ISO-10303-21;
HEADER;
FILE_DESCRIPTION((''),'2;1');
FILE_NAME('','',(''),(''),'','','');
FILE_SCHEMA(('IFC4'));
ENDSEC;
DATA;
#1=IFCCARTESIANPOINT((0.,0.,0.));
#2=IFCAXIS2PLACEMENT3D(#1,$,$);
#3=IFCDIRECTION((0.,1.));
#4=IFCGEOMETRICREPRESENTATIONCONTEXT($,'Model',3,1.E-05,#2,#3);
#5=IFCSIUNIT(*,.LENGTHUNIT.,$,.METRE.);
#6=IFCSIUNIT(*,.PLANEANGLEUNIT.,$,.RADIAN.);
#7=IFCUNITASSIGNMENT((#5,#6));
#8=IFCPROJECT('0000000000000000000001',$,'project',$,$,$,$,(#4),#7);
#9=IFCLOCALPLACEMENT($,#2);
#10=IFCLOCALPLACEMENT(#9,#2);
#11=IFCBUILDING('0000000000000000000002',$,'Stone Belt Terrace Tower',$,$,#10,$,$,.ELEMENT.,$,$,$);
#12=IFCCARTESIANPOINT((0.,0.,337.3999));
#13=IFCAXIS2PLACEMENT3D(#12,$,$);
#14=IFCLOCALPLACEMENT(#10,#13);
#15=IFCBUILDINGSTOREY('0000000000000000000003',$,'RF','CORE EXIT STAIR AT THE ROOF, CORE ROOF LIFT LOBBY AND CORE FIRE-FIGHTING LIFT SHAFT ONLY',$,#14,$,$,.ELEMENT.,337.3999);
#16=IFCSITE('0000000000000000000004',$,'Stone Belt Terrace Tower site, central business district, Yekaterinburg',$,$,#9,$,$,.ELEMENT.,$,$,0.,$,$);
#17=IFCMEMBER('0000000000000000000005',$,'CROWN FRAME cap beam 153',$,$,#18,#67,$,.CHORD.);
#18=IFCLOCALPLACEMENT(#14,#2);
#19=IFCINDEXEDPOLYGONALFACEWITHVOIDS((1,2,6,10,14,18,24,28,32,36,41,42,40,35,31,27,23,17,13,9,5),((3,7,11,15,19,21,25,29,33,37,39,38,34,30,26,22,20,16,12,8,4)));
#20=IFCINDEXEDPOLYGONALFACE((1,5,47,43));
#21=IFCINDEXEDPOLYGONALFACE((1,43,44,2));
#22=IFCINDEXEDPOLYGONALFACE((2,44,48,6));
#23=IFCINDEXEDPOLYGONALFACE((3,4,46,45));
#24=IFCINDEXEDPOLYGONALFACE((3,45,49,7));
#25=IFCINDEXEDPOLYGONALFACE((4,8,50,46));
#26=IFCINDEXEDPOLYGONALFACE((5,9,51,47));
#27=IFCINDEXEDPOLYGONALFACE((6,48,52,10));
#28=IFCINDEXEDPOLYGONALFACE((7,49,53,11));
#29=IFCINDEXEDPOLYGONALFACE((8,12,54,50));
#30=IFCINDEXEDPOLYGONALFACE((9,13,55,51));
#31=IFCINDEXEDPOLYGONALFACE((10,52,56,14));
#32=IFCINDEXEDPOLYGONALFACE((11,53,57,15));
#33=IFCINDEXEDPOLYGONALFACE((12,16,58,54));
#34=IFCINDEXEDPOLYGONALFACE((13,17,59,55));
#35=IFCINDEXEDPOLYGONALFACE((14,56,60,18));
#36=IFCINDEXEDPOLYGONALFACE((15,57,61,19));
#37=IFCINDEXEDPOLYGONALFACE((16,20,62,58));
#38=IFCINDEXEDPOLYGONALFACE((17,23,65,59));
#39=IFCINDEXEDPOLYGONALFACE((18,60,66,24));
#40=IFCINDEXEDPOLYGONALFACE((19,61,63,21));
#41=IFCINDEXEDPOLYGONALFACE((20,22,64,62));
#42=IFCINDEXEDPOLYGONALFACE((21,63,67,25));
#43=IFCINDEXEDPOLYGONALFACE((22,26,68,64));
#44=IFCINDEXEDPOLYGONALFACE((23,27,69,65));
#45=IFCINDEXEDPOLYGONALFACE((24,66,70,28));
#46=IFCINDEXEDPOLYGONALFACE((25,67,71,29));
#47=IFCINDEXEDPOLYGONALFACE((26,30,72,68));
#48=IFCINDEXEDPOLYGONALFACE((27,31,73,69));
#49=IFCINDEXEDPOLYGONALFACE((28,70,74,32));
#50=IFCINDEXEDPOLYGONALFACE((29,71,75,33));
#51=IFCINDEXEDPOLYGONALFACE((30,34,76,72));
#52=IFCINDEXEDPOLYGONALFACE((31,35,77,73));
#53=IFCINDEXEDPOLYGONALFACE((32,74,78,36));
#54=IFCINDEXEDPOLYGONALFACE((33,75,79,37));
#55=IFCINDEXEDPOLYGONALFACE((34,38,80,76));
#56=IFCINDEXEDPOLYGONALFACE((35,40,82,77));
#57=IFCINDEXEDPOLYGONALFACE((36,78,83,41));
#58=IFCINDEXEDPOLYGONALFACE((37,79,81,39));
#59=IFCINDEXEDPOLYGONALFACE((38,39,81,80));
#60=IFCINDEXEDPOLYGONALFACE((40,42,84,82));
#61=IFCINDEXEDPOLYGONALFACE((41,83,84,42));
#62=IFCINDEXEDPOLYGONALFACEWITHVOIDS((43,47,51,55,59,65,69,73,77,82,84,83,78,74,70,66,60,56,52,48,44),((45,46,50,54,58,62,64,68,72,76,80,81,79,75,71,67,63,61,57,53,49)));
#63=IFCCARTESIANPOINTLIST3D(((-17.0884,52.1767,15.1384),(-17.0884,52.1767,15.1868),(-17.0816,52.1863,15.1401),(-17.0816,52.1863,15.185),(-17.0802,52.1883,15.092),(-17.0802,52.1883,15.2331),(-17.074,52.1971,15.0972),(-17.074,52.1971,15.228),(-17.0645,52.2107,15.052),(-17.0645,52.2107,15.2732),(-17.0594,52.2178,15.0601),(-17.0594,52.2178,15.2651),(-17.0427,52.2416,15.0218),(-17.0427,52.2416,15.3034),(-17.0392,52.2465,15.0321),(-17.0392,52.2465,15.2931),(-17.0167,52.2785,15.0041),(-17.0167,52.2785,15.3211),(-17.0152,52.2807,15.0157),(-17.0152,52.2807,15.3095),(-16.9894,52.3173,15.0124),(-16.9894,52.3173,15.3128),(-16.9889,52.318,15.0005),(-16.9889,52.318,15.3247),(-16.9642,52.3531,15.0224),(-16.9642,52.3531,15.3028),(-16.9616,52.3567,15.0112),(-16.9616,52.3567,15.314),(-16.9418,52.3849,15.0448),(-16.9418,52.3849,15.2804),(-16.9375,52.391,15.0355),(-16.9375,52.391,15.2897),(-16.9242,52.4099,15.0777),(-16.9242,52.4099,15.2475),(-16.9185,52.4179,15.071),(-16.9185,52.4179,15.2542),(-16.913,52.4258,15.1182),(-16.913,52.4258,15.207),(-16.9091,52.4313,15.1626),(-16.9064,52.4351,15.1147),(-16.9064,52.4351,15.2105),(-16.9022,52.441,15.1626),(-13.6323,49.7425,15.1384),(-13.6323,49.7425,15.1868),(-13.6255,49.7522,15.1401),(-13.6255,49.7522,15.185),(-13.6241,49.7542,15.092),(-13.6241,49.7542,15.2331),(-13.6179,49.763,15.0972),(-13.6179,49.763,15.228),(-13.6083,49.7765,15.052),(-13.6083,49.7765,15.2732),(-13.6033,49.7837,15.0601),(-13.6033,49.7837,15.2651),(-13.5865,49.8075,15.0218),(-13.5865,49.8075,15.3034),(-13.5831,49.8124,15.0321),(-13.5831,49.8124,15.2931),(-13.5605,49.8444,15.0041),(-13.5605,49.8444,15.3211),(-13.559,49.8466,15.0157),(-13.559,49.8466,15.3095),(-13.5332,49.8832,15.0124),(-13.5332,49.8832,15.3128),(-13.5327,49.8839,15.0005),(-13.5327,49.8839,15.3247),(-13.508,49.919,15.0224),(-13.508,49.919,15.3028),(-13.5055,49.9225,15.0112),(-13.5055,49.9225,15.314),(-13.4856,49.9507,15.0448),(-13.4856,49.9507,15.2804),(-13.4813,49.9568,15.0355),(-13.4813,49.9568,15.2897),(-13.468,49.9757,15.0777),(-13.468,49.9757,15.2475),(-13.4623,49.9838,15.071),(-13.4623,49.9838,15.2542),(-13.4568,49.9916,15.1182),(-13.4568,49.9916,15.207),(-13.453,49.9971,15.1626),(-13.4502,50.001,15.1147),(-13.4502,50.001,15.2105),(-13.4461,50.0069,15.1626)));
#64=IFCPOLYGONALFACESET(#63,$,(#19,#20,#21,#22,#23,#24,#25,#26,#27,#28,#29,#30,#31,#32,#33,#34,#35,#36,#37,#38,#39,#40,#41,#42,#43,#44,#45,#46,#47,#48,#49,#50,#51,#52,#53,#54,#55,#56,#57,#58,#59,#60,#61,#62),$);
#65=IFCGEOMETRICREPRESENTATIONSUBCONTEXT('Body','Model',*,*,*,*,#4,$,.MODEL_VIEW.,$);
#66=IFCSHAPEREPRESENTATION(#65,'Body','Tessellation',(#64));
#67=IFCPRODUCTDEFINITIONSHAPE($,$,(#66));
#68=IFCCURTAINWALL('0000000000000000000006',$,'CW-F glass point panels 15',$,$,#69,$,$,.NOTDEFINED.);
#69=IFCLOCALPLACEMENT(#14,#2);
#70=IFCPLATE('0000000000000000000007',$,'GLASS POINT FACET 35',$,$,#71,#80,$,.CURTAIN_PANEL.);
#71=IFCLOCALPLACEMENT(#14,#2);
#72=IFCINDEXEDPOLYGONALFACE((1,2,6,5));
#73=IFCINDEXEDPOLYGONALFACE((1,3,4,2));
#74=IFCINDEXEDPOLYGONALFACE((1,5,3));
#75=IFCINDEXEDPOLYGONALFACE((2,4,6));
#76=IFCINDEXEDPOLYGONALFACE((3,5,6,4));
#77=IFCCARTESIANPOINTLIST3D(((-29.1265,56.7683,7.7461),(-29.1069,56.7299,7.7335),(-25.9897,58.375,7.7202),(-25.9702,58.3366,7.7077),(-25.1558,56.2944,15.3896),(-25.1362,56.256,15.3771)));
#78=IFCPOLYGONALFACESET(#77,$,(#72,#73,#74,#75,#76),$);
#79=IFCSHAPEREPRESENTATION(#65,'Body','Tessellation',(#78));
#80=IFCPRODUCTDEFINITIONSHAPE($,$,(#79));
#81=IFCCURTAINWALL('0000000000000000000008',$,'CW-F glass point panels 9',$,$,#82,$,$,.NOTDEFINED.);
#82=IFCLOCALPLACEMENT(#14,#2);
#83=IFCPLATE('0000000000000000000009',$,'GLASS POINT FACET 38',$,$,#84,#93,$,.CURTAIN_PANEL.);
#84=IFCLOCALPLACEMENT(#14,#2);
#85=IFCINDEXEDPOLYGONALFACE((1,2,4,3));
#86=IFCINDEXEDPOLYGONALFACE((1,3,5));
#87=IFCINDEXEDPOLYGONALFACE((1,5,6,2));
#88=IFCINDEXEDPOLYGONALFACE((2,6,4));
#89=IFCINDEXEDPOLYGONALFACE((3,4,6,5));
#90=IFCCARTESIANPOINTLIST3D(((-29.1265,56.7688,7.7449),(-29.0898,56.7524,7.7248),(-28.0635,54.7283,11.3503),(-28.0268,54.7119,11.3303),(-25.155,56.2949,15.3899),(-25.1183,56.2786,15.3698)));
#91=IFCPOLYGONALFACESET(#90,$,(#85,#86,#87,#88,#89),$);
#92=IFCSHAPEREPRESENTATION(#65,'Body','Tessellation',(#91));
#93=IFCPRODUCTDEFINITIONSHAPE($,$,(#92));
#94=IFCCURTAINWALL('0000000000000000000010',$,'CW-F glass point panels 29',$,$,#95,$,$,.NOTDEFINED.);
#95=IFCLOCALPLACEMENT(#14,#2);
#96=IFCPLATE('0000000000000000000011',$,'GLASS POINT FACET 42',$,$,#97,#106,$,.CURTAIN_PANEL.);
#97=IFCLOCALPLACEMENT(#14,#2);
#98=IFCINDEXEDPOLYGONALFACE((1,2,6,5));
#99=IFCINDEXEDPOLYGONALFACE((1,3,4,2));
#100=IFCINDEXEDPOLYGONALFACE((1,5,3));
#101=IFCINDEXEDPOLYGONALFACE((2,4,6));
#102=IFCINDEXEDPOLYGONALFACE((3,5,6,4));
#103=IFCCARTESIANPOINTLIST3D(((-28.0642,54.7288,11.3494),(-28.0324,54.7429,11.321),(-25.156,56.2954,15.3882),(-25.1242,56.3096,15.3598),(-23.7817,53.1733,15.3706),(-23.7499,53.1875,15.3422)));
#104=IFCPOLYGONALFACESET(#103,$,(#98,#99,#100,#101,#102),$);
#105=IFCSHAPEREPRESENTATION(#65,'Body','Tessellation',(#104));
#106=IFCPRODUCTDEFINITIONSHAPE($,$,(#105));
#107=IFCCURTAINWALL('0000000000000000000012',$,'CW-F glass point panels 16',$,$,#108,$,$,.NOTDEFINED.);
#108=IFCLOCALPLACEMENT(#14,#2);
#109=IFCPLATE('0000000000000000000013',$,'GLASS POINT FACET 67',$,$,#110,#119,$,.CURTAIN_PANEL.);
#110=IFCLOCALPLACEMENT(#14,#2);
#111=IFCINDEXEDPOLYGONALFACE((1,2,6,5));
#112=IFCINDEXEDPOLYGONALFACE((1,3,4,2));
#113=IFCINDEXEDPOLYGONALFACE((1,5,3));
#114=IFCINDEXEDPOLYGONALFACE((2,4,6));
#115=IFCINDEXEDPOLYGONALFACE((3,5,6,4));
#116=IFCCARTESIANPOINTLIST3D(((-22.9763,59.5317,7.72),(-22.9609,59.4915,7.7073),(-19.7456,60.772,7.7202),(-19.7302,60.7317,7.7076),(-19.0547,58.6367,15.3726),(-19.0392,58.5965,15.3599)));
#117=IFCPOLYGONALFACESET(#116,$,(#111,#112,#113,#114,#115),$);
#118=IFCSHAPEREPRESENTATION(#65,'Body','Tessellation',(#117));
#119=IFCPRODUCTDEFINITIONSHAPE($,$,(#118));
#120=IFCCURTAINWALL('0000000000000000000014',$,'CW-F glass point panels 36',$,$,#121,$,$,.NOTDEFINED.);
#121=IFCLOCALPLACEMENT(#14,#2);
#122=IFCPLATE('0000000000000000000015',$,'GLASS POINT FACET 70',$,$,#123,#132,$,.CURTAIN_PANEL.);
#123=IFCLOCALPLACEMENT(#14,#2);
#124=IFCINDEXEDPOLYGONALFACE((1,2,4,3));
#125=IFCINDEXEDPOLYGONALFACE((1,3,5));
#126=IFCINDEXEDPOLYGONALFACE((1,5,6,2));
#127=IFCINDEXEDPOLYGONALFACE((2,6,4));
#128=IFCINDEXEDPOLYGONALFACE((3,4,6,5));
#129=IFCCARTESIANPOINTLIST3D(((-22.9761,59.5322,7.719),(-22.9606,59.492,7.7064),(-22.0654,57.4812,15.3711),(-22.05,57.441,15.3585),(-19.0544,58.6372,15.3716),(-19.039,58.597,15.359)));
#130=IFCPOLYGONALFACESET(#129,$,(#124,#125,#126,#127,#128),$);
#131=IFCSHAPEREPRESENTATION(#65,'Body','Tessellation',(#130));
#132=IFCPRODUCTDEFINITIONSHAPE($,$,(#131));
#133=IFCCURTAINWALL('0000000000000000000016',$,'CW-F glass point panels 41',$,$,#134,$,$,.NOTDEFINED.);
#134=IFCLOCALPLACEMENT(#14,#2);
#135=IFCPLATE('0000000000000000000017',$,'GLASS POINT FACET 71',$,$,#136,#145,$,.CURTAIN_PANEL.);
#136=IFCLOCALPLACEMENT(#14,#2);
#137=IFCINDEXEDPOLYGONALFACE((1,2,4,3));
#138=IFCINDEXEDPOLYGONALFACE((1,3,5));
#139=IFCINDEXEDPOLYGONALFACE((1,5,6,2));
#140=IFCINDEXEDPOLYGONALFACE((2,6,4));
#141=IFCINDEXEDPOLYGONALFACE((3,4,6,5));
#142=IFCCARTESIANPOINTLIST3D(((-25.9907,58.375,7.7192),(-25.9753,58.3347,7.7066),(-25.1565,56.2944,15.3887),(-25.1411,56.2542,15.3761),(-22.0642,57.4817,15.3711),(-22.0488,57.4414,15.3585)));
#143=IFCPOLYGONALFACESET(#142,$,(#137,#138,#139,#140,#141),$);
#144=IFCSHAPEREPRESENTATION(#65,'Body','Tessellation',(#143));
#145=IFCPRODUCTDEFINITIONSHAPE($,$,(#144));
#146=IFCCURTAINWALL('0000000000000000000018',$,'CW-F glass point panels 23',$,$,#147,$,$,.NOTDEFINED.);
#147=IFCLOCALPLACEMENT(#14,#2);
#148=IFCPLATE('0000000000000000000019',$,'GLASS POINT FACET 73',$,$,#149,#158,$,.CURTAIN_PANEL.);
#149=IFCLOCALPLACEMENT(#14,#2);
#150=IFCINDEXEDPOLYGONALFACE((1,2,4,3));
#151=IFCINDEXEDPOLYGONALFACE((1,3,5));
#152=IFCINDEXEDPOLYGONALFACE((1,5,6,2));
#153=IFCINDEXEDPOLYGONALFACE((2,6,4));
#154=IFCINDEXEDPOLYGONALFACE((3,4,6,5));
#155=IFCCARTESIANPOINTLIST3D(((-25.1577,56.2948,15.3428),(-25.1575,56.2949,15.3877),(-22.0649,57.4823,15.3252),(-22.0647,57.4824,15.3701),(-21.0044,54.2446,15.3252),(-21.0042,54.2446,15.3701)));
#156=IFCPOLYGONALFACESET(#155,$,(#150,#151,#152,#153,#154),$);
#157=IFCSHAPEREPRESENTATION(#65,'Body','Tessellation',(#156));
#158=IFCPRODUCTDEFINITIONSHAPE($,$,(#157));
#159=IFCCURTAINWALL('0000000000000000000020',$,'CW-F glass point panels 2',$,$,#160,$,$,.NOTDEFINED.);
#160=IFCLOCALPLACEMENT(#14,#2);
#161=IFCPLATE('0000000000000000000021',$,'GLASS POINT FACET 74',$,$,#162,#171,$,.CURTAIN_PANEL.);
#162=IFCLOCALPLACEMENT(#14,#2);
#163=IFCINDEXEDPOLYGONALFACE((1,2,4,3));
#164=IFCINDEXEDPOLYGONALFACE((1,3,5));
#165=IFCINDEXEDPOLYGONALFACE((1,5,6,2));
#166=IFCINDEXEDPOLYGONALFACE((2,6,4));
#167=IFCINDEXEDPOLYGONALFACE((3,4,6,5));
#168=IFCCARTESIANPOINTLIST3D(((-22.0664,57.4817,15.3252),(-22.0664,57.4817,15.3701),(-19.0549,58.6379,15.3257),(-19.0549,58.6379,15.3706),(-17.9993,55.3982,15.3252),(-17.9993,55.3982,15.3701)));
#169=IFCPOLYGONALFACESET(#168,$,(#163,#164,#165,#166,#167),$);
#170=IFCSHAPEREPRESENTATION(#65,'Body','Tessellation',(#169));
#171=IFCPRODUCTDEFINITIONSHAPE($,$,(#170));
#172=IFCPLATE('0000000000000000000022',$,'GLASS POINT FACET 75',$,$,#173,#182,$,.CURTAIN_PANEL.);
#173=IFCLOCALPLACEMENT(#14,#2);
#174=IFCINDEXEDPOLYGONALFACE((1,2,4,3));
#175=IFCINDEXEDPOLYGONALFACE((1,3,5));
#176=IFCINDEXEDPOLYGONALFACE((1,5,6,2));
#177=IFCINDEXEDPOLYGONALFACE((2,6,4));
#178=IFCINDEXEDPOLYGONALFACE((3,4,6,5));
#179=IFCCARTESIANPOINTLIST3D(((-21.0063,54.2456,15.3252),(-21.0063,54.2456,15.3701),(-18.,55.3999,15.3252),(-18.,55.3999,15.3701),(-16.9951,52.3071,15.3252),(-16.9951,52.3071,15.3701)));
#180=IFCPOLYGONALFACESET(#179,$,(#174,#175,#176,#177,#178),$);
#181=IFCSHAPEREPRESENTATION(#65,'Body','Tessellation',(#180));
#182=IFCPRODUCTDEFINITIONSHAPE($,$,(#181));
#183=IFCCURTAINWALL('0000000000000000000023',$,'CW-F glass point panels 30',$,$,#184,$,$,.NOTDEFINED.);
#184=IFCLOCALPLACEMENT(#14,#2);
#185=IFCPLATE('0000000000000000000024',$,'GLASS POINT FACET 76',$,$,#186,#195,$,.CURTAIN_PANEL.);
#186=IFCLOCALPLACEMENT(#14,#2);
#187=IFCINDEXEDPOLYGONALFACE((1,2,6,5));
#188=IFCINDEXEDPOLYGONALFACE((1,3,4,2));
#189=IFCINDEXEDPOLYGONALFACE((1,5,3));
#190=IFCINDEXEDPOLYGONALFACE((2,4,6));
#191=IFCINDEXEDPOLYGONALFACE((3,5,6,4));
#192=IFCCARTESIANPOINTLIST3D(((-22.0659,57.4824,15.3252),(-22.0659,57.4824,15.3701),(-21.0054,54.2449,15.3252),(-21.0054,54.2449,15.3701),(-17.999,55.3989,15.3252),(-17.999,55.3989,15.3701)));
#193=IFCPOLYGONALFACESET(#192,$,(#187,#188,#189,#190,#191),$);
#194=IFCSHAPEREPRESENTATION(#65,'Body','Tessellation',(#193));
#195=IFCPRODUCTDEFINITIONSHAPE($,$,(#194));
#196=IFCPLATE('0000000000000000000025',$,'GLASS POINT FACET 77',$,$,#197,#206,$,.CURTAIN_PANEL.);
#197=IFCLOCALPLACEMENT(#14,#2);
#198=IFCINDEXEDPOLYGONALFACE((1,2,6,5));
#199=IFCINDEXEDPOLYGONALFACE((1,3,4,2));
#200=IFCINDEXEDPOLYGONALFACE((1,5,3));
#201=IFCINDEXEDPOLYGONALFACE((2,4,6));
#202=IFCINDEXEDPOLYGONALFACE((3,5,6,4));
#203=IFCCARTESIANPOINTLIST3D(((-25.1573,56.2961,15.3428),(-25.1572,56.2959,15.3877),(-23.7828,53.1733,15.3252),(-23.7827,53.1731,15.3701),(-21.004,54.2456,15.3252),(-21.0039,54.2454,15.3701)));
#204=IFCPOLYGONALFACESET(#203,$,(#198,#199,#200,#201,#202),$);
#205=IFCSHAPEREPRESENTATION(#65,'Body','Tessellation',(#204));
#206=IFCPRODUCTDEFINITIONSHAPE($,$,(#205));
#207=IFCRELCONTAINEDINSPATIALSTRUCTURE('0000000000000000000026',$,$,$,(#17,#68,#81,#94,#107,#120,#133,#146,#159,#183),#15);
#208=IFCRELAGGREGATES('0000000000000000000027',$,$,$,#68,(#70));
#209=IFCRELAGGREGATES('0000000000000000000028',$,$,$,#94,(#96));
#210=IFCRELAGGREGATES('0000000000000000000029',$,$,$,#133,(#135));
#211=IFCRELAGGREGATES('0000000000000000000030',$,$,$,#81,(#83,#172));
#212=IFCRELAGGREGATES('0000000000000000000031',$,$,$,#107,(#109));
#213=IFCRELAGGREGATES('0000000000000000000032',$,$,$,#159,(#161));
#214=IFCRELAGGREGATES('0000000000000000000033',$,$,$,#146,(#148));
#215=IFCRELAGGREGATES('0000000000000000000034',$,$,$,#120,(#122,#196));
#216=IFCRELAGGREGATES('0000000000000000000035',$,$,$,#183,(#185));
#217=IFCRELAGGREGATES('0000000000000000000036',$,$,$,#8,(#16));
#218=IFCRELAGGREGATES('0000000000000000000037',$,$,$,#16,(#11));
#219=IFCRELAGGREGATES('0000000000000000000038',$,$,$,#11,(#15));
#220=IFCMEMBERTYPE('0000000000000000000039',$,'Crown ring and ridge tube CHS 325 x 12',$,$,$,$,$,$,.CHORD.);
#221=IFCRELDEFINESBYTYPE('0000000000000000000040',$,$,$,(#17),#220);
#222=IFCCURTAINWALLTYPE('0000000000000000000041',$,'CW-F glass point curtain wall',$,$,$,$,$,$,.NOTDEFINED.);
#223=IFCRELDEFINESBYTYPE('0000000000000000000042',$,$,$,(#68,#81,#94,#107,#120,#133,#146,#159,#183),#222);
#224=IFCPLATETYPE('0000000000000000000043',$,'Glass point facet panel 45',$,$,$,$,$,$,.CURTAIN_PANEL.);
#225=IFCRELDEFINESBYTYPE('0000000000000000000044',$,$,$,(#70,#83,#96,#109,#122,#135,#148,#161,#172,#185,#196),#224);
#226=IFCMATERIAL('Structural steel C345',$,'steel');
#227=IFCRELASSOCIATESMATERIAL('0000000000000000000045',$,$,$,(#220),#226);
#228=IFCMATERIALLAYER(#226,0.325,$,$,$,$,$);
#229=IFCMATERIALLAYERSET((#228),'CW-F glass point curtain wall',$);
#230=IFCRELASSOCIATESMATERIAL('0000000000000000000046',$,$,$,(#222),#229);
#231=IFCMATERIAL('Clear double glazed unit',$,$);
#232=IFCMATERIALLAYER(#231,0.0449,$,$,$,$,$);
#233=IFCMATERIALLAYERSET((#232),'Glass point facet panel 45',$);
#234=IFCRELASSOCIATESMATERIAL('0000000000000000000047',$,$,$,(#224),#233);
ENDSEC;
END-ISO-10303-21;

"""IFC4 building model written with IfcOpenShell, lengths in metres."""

from ifc_helpers import new_model, si_unit, direction, frame, origin, origin_2d, place, context, subcontext, project, spatial, polyline, hollow_circle, outline, extrude, material, layer, layer_set, material_profile, profile_set, type_object, element, aggregate, save


model = new_model("IFC4")

# Units and contexts
model_context = context("Model", 3, precision=1e-05, world=origin(), true_north=direction((0.0, 1.0)))
body_context = subcontext(model_context, "Body", "Model", "MODEL_VIEW")
ifc_project = project(units=[si_unit("LENGTHUNIT", "METRE"), si_unit("PLANEANGLEUNIT", "RADIAN")], contexts=[model_context])

# Site, building, storey
site_placement = place(None, origin())
site = spatial("IfcSite", under=ifc_project, at=site_placement, Name="Stone Belt Terrace Tower site, central business district, Yekaterinburg", CompositionType="ELEMENT", RefElevation=0.0)
building_placement = place(site_placement, origin())
building = spatial("IfcBuilding", under=site, at=building_placement, Name="Stone Belt Terrace Tower", CompositionType="ELEMENT")
storey_placement = place(building_placement, frame((0.0, 0.0, 337.3999)))
storey = spatial("IfcBuildingStorey", under=building, at=storey_placement, Name="RF", Description="CORE EXIT STAIR AT THE ROOF, CORE ROOF LIFT LOBBY AND CORE FIRE-FIGHTING LIFT SHAFT ONLY", CompositionType="ELEMENT", Elevation=337.3999)

# Member
ifc_material_1 = material(Name="Structural steel C345", Category="steel")
ifc_material_profile = material_profile(ifc_material_1, hollow_circle(Radius=0.1626, WallThickness=0.012, at=origin_2d()), Name="Structural steel C345 CHS 325x12")
ifc_profile_set = profile_set([ifc_material_profile], Name="Structural steel C345")
member_type = type_object("IfcMemberType", Name="Crown ring and ridge tube CHS 325 x 12", PredefinedType="CHORD", material=ifc_profile_set)
member_1_placement = place(storey_placement, frame((-16.9958, 52.3081, 15.1626), z_axis=(0.817579, -0.575817, 0.0), x_axis=(0.575817, 0.817579, 0.0)))
element("IfcMember", 1, at=member_1_placement, inside=storey, type_object=member_type, Name="CROWN FRAME cap beam 153", PredefinedType="CHORD", context=body_context, shape_type="SweptSolid", body=[
    extrude(hollow_circle(Radius=0.1626, WallThickness=0.012, at=origin_2d()), origin(), (0.0, 0.0, 1.0), 4.2273),
])

# Curtain walls, plates
ifc_layer_1 = layer(ifc_material_1, 0.325)
ifc_layer_set_1 = layer_set([ifc_layer_1], Name="CW-F glass point curtain wall")
curtain_wall_type = type_object("IfcCurtainWallType", Name="CW-F glass point curtain wall", PredefinedType="NOTDEFINED", material=ifc_layer_set_1)
curtain_wall_1_placement = place(storey_placement, origin())
curtain_wall_1 = element("IfcCurtainWall", 2, at=curtain_wall_1_placement, inside=storey, type_object=curtain_wall_type, Name="CW-F glass point panels 15", PredefinedType="NOTDEFINED")
ifc_material_2 = material(Name="Clear double glazed unit")
ifc_layer_2 = layer(ifc_material_2, 0.0449)
ifc_layer_set_2 = layer_set([ifc_layer_2], Name="Glass point facet panel 45")
plate_type = type_object("IfcPlateType", Name="Glass point facet panel 45", PredefinedType="CURTAIN_PANEL", material=ifc_layer_set_2)
plate_1_placement = place(storey_placement, frame((-25.1558, 56.2944, 15.3896), z_axis=(-0.435899, 0.855501, 0.279481), x_axis=(-0.460296, 0.054933, -0.886064)))
plate_1 = element("IfcPlate", 3, at=plate_1_placement, type_object=plate_type, Name="GLASS POINT FACET 35", PredefinedType="CURTAIN_PANEL", context=body_context, shape_type="SweptSolid", body=[
    extrude(outline(polyline([(0.0, 0.0), (8.6264, 0.0), (7.2938, -3.2627), (0.0, 0.0)])), origin(), (0.0, 0.0, -1.0), 0.0449),
])
aggregate(curtain_wall_1, [plate_1])
curtain_wall_2_placement = place(storey_placement, origin())
curtain_wall_2 = element("IfcCurtainWall", 4, at=curtain_wall_2_placement, inside=storey, type_object=curtain_wall_type, Name="CW-F glass point panels 9", PredefinedType="NOTDEFINED")
plate_2_placement = place(storey_placement, frame((-25.155, 56.2949, 15.3899), z_axis=(-0.81703, 0.364207, 0.447006), x_axis=(-0.557347, -0.300218, -0.774101)))
plate_2 = element("IfcPlate", 5, at=plate_2_placement, type_object=plate_type, Name="GLASS POINT FACET 38", PredefinedType="CURTAIN_PANEL", context=body_context, shape_type="SweptSolid", body=[
    extrude(outline(polyline([(0.0, 0.0), (5.2184, 0.0), (7.9892, -3.2581), (0.0, 0.0)])), origin(), (0.0, 0.0, -1.0), 0.0449),
])
curtain_wall_3_placement = place(storey_placement, origin())
curtain_wall_3 = element("IfcCurtainWall", 6, at=curtain_wall_3_placement, inside=storey, type_object=curtain_wall_type, Name="CW-F glass point panels 29", PredefinedType="NOTDEFINED")
plate_3_placement = place(storey_placement, frame((-25.156, 56.2954, 15.3882), z_axis=(-0.707953, -0.315184, 0.63203), x_axis=(0.40287, -0.915243, -0.005153)))
plate_3 = element("IfcPlate", 7, at=plate_3_placement, type_object=plate_type, Name="GLASS POINT FACET 42", PredefinedType="CURTAIN_PANEL", context=body_context, shape_type="SweptSolid", body=[
    extrude(outline(polyline([(0.0, 0.0), (3.4112, 0.0), (0.283, -5.21), (0.0, 0.0)])), origin(), (0.0, 0.0, -1.0), 0.0449),
])
aggregate(curtain_wall_3, [plate_3])
curtain_wall_4_placement = place(storey_placement, origin())
curtain_wall_4 = element("IfcCurtainWall", 8, at=curtain_wall_4_placement, inside=storey, type_object=curtain_wall_type, Name="CW-F glass point panels 16", PredefinedType="NOTDEFINED")
plate_4_placement = place(storey_placement, frame((-19.0547, 58.6367, 15.3726), z_axis=(-0.343961, 0.895936, 0.281051), x_axis=(-0.453611, 0.103526, -0.885166)))
plate_4 = element("IfcPlate", 9, at=plate_4_placement, type_object=plate_type, Name="GLASS POINT FACET 67", PredefinedType="CURTAIN_PANEL", context=body_context, shape_type="SweptSolid", body=[
    extrude(outline(polyline([(0.0, 0.0), (8.6454, 0.0), (7.3081, -3.1918), (0.0, 0.0)])), origin(), (0.0, 0.0, -1.0), 0.0449),
])
curtain_wall_5_placement = place(storey_placement, origin())
curtain_wall_5 = element("IfcCurtainWall", 10, at=curtain_wall_5_placement, inside=storey, type_object=curtain_wall_type, Name="CW-F glass point panels 36", PredefinedType="NOTDEFINED")
plate_5_placement = place(storey_placement, frame((-19.0544, 58.6372, 15.3716), z_axis=(-0.344011, 0.895909, 0.281074), x_axis=(-0.93356, -0.358421, -0.000151)))
plate_5 = element("IfcPlate", 11, at=plate_5_placement, type_object=plate_type, Name="GLASS POINT FACET 70", PredefinedType="CURTAIN_PANEL", context=body_context, shape_type="SweptSolid", body=[
    extrude(outline(polyline([(0.0, 0.0), (3.2253, 0.0), (3.3414, -7.9735), (0.0, 0.0)])), origin(), (0.0, 0.0, -1.0), 0.0449),
])
curtain_wall_6_placement = place(storey_placement, origin())
curtain_wall_6 = element("IfcCurtainWall", 12, at=curtain_wall_6_placement, inside=storey, type_object=curtain_wall_type, Name="CW-F glass point panels 41", PredefinedType="NOTDEFINED")
plate_6_placement = place(storey_placement, frame((-25.1565, 56.2944, 15.3887), z_axis=(-0.342651, 0.896609, 0.280504), x_axis=(-0.104405, 0.260386, -0.959843)))
plate_6 = element("IfcPlate", 13, at=plate_6_placement, type_object=plate_type, Name="GLASS POINT FACET 71", PredefinedType="CURTAIN_PANEL", context=body_context, shape_type="SweptSolid", body=[
    extrude(outline(polyline([(0.0, 0.0), (7.9903, 0.0), (0.0032, -3.3124), (0.0, 0.0)])), origin(), (0.0, 0.0, -1.0), 0.0449),
])
aggregate(curtain_wall_6, [plate_6])
curtain_wall_7_placement = place(storey_placement, origin())
curtain_wall_7 = element("IfcCurtainWall", 14, at=curtain_wall_7_placement, inside=storey, type_object=curtain_wall_type, Name="CW-F glass point panels 23", PredefinedType="NOTDEFINED")
plate_7_placement = place(storey_placement, frame((-25.1575, 56.2949, 15.3877), z_axis=(0.005049, 0.001654, 0.999986), x_axis=(0.933537, 0.358441, -0.005306)))
plate_7 = element("IfcPlate", 15, at=plate_7_placement, type_object=plate_type, Name="GLASS POINT FACET 73", PredefinedType="CURTAIN_PANEL", context=body_context, shape_type="SweptSolid", body=[
    extrude(outline(polyline([(0.0, 0.0), (3.313, 0.0), (3.1425, -3.4028), (0.0, 0.0)])), origin(), (0.0, 0.0, -1.0), 0.0449),
])
curtain_wall_8_placement = place(storey_placement, origin())
curtain_wall_8 = element("IfcCurtainWall", 16, at=curtain_wall_8_placement, inside=storey, type_object=curtain_wall_type, Name="CW-F glass point panels 2", PredefinedType="NOTDEFINED")
plate_8_placement = place(storey_placement, frame((-19.0549, 58.6379, 15.3706), z_axis=(-0.000093, -0.000181, 1.0), x_axis=(0.309815, -0.950797, -0.000143)))
plate_8 = element("IfcPlate", 17, at=plate_8_placement, type_object=plate_type, Name="GLASS POINT FACET 74", PredefinedType="CURTAIN_PANEL", context=body_context, shape_type="SweptSolid", body=[
    extrude(outline(polyline([(0.0, 0.0), (3.4074, 0.0), (0.1664, -3.2215), (0.0, 0.0)])), origin(), (0.0, 0.0, -1.0), 0.0449),
])

# Plate
plate_9_placement = place(storey_placement, frame((-16.9951, 52.3071, 15.3701), z_axis=(0.0, 0.0, 1.0), x_axis=(-0.900374, 0.435117, 0.0)))
plate_9 = element("IfcPlate", 18, at=plate_9_placement, type_object=plate_type, Name="GLASS POINT FACET 75", PredefinedType="CURTAIN_PANEL", context=body_context, shape_type="SweptSolid", body=[
    extrude(outline(polyline([(0.0, 0.0), (4.4551, 0.0), (2.2505, -2.3474), (0.0, 0.0)])), origin(), (0.0, 0.0, -1.0), 0.0449),
])
aggregate(curtain_wall_2, [plate_2, plate_9])

# Curtain wall, plate
curtain_wall_9_placement = place(storey_placement, origin())
curtain_wall_9 = element("IfcCurtainWall", 19, at=curtain_wall_9_placement, inside=storey, type_object=curtain_wall_type, Name="CW-F glass point panels 30", PredefinedType="NOTDEFINED")
plate_10_placement = place(storey_placement, frame((-22.0659, 57.4824, 15.3701), z_axis=(0.0, 0.0, 1.0), x_axis=(0.890003, -0.455954, 0.0)))
plate_10 = element("IfcPlate", 20, at=plate_10_placement, type_object=plate_type, Name="GLASS POINT FACET 76", PredefinedType="CURTAIN_PANEL", context=body_context, shape_type="SweptSolid", body=[
    extrude(outline(polyline([(0.0, 0.0), (4.5695, 0.0), (2.4201, -2.3979), (0.0, 0.0)])), origin(), (0.0, 0.0, -1.0), 0.0449),
])

# Plate
plate_11_placement = place(storey_placement, frame((-25.1572, 56.2959, 15.3877), z_axis=(0.001857, -0.004812, 0.999987), x_axis=(0.896665, -0.442693, -0.003795)))
plate_11 = element("IfcPlate", 21, at=plate_11_placement, type_object=plate_type, Name="GLASS POINT FACET 77", PredefinedType="CURTAIN_PANEL", context=body_context, shape_type="SweptSolid", body=[
    extrude(outline(polyline([(0.0, 0.0), (4.632, 0.0), (2.615, -2.1917), (0.0, 0.0)])), origin(), (0.0, 0.0, -1.0), 0.0449),
])
aggregate(curtain_wall_4, [plate_4])

aggregate(curtain_wall_8, [plate_8])

aggregate(curtain_wall_7, [plate_7])

aggregate(curtain_wall_5, [plate_5, plate_11])
aggregate(curtain_wall_9, [plate_10])

save(model, "model.ifc")
